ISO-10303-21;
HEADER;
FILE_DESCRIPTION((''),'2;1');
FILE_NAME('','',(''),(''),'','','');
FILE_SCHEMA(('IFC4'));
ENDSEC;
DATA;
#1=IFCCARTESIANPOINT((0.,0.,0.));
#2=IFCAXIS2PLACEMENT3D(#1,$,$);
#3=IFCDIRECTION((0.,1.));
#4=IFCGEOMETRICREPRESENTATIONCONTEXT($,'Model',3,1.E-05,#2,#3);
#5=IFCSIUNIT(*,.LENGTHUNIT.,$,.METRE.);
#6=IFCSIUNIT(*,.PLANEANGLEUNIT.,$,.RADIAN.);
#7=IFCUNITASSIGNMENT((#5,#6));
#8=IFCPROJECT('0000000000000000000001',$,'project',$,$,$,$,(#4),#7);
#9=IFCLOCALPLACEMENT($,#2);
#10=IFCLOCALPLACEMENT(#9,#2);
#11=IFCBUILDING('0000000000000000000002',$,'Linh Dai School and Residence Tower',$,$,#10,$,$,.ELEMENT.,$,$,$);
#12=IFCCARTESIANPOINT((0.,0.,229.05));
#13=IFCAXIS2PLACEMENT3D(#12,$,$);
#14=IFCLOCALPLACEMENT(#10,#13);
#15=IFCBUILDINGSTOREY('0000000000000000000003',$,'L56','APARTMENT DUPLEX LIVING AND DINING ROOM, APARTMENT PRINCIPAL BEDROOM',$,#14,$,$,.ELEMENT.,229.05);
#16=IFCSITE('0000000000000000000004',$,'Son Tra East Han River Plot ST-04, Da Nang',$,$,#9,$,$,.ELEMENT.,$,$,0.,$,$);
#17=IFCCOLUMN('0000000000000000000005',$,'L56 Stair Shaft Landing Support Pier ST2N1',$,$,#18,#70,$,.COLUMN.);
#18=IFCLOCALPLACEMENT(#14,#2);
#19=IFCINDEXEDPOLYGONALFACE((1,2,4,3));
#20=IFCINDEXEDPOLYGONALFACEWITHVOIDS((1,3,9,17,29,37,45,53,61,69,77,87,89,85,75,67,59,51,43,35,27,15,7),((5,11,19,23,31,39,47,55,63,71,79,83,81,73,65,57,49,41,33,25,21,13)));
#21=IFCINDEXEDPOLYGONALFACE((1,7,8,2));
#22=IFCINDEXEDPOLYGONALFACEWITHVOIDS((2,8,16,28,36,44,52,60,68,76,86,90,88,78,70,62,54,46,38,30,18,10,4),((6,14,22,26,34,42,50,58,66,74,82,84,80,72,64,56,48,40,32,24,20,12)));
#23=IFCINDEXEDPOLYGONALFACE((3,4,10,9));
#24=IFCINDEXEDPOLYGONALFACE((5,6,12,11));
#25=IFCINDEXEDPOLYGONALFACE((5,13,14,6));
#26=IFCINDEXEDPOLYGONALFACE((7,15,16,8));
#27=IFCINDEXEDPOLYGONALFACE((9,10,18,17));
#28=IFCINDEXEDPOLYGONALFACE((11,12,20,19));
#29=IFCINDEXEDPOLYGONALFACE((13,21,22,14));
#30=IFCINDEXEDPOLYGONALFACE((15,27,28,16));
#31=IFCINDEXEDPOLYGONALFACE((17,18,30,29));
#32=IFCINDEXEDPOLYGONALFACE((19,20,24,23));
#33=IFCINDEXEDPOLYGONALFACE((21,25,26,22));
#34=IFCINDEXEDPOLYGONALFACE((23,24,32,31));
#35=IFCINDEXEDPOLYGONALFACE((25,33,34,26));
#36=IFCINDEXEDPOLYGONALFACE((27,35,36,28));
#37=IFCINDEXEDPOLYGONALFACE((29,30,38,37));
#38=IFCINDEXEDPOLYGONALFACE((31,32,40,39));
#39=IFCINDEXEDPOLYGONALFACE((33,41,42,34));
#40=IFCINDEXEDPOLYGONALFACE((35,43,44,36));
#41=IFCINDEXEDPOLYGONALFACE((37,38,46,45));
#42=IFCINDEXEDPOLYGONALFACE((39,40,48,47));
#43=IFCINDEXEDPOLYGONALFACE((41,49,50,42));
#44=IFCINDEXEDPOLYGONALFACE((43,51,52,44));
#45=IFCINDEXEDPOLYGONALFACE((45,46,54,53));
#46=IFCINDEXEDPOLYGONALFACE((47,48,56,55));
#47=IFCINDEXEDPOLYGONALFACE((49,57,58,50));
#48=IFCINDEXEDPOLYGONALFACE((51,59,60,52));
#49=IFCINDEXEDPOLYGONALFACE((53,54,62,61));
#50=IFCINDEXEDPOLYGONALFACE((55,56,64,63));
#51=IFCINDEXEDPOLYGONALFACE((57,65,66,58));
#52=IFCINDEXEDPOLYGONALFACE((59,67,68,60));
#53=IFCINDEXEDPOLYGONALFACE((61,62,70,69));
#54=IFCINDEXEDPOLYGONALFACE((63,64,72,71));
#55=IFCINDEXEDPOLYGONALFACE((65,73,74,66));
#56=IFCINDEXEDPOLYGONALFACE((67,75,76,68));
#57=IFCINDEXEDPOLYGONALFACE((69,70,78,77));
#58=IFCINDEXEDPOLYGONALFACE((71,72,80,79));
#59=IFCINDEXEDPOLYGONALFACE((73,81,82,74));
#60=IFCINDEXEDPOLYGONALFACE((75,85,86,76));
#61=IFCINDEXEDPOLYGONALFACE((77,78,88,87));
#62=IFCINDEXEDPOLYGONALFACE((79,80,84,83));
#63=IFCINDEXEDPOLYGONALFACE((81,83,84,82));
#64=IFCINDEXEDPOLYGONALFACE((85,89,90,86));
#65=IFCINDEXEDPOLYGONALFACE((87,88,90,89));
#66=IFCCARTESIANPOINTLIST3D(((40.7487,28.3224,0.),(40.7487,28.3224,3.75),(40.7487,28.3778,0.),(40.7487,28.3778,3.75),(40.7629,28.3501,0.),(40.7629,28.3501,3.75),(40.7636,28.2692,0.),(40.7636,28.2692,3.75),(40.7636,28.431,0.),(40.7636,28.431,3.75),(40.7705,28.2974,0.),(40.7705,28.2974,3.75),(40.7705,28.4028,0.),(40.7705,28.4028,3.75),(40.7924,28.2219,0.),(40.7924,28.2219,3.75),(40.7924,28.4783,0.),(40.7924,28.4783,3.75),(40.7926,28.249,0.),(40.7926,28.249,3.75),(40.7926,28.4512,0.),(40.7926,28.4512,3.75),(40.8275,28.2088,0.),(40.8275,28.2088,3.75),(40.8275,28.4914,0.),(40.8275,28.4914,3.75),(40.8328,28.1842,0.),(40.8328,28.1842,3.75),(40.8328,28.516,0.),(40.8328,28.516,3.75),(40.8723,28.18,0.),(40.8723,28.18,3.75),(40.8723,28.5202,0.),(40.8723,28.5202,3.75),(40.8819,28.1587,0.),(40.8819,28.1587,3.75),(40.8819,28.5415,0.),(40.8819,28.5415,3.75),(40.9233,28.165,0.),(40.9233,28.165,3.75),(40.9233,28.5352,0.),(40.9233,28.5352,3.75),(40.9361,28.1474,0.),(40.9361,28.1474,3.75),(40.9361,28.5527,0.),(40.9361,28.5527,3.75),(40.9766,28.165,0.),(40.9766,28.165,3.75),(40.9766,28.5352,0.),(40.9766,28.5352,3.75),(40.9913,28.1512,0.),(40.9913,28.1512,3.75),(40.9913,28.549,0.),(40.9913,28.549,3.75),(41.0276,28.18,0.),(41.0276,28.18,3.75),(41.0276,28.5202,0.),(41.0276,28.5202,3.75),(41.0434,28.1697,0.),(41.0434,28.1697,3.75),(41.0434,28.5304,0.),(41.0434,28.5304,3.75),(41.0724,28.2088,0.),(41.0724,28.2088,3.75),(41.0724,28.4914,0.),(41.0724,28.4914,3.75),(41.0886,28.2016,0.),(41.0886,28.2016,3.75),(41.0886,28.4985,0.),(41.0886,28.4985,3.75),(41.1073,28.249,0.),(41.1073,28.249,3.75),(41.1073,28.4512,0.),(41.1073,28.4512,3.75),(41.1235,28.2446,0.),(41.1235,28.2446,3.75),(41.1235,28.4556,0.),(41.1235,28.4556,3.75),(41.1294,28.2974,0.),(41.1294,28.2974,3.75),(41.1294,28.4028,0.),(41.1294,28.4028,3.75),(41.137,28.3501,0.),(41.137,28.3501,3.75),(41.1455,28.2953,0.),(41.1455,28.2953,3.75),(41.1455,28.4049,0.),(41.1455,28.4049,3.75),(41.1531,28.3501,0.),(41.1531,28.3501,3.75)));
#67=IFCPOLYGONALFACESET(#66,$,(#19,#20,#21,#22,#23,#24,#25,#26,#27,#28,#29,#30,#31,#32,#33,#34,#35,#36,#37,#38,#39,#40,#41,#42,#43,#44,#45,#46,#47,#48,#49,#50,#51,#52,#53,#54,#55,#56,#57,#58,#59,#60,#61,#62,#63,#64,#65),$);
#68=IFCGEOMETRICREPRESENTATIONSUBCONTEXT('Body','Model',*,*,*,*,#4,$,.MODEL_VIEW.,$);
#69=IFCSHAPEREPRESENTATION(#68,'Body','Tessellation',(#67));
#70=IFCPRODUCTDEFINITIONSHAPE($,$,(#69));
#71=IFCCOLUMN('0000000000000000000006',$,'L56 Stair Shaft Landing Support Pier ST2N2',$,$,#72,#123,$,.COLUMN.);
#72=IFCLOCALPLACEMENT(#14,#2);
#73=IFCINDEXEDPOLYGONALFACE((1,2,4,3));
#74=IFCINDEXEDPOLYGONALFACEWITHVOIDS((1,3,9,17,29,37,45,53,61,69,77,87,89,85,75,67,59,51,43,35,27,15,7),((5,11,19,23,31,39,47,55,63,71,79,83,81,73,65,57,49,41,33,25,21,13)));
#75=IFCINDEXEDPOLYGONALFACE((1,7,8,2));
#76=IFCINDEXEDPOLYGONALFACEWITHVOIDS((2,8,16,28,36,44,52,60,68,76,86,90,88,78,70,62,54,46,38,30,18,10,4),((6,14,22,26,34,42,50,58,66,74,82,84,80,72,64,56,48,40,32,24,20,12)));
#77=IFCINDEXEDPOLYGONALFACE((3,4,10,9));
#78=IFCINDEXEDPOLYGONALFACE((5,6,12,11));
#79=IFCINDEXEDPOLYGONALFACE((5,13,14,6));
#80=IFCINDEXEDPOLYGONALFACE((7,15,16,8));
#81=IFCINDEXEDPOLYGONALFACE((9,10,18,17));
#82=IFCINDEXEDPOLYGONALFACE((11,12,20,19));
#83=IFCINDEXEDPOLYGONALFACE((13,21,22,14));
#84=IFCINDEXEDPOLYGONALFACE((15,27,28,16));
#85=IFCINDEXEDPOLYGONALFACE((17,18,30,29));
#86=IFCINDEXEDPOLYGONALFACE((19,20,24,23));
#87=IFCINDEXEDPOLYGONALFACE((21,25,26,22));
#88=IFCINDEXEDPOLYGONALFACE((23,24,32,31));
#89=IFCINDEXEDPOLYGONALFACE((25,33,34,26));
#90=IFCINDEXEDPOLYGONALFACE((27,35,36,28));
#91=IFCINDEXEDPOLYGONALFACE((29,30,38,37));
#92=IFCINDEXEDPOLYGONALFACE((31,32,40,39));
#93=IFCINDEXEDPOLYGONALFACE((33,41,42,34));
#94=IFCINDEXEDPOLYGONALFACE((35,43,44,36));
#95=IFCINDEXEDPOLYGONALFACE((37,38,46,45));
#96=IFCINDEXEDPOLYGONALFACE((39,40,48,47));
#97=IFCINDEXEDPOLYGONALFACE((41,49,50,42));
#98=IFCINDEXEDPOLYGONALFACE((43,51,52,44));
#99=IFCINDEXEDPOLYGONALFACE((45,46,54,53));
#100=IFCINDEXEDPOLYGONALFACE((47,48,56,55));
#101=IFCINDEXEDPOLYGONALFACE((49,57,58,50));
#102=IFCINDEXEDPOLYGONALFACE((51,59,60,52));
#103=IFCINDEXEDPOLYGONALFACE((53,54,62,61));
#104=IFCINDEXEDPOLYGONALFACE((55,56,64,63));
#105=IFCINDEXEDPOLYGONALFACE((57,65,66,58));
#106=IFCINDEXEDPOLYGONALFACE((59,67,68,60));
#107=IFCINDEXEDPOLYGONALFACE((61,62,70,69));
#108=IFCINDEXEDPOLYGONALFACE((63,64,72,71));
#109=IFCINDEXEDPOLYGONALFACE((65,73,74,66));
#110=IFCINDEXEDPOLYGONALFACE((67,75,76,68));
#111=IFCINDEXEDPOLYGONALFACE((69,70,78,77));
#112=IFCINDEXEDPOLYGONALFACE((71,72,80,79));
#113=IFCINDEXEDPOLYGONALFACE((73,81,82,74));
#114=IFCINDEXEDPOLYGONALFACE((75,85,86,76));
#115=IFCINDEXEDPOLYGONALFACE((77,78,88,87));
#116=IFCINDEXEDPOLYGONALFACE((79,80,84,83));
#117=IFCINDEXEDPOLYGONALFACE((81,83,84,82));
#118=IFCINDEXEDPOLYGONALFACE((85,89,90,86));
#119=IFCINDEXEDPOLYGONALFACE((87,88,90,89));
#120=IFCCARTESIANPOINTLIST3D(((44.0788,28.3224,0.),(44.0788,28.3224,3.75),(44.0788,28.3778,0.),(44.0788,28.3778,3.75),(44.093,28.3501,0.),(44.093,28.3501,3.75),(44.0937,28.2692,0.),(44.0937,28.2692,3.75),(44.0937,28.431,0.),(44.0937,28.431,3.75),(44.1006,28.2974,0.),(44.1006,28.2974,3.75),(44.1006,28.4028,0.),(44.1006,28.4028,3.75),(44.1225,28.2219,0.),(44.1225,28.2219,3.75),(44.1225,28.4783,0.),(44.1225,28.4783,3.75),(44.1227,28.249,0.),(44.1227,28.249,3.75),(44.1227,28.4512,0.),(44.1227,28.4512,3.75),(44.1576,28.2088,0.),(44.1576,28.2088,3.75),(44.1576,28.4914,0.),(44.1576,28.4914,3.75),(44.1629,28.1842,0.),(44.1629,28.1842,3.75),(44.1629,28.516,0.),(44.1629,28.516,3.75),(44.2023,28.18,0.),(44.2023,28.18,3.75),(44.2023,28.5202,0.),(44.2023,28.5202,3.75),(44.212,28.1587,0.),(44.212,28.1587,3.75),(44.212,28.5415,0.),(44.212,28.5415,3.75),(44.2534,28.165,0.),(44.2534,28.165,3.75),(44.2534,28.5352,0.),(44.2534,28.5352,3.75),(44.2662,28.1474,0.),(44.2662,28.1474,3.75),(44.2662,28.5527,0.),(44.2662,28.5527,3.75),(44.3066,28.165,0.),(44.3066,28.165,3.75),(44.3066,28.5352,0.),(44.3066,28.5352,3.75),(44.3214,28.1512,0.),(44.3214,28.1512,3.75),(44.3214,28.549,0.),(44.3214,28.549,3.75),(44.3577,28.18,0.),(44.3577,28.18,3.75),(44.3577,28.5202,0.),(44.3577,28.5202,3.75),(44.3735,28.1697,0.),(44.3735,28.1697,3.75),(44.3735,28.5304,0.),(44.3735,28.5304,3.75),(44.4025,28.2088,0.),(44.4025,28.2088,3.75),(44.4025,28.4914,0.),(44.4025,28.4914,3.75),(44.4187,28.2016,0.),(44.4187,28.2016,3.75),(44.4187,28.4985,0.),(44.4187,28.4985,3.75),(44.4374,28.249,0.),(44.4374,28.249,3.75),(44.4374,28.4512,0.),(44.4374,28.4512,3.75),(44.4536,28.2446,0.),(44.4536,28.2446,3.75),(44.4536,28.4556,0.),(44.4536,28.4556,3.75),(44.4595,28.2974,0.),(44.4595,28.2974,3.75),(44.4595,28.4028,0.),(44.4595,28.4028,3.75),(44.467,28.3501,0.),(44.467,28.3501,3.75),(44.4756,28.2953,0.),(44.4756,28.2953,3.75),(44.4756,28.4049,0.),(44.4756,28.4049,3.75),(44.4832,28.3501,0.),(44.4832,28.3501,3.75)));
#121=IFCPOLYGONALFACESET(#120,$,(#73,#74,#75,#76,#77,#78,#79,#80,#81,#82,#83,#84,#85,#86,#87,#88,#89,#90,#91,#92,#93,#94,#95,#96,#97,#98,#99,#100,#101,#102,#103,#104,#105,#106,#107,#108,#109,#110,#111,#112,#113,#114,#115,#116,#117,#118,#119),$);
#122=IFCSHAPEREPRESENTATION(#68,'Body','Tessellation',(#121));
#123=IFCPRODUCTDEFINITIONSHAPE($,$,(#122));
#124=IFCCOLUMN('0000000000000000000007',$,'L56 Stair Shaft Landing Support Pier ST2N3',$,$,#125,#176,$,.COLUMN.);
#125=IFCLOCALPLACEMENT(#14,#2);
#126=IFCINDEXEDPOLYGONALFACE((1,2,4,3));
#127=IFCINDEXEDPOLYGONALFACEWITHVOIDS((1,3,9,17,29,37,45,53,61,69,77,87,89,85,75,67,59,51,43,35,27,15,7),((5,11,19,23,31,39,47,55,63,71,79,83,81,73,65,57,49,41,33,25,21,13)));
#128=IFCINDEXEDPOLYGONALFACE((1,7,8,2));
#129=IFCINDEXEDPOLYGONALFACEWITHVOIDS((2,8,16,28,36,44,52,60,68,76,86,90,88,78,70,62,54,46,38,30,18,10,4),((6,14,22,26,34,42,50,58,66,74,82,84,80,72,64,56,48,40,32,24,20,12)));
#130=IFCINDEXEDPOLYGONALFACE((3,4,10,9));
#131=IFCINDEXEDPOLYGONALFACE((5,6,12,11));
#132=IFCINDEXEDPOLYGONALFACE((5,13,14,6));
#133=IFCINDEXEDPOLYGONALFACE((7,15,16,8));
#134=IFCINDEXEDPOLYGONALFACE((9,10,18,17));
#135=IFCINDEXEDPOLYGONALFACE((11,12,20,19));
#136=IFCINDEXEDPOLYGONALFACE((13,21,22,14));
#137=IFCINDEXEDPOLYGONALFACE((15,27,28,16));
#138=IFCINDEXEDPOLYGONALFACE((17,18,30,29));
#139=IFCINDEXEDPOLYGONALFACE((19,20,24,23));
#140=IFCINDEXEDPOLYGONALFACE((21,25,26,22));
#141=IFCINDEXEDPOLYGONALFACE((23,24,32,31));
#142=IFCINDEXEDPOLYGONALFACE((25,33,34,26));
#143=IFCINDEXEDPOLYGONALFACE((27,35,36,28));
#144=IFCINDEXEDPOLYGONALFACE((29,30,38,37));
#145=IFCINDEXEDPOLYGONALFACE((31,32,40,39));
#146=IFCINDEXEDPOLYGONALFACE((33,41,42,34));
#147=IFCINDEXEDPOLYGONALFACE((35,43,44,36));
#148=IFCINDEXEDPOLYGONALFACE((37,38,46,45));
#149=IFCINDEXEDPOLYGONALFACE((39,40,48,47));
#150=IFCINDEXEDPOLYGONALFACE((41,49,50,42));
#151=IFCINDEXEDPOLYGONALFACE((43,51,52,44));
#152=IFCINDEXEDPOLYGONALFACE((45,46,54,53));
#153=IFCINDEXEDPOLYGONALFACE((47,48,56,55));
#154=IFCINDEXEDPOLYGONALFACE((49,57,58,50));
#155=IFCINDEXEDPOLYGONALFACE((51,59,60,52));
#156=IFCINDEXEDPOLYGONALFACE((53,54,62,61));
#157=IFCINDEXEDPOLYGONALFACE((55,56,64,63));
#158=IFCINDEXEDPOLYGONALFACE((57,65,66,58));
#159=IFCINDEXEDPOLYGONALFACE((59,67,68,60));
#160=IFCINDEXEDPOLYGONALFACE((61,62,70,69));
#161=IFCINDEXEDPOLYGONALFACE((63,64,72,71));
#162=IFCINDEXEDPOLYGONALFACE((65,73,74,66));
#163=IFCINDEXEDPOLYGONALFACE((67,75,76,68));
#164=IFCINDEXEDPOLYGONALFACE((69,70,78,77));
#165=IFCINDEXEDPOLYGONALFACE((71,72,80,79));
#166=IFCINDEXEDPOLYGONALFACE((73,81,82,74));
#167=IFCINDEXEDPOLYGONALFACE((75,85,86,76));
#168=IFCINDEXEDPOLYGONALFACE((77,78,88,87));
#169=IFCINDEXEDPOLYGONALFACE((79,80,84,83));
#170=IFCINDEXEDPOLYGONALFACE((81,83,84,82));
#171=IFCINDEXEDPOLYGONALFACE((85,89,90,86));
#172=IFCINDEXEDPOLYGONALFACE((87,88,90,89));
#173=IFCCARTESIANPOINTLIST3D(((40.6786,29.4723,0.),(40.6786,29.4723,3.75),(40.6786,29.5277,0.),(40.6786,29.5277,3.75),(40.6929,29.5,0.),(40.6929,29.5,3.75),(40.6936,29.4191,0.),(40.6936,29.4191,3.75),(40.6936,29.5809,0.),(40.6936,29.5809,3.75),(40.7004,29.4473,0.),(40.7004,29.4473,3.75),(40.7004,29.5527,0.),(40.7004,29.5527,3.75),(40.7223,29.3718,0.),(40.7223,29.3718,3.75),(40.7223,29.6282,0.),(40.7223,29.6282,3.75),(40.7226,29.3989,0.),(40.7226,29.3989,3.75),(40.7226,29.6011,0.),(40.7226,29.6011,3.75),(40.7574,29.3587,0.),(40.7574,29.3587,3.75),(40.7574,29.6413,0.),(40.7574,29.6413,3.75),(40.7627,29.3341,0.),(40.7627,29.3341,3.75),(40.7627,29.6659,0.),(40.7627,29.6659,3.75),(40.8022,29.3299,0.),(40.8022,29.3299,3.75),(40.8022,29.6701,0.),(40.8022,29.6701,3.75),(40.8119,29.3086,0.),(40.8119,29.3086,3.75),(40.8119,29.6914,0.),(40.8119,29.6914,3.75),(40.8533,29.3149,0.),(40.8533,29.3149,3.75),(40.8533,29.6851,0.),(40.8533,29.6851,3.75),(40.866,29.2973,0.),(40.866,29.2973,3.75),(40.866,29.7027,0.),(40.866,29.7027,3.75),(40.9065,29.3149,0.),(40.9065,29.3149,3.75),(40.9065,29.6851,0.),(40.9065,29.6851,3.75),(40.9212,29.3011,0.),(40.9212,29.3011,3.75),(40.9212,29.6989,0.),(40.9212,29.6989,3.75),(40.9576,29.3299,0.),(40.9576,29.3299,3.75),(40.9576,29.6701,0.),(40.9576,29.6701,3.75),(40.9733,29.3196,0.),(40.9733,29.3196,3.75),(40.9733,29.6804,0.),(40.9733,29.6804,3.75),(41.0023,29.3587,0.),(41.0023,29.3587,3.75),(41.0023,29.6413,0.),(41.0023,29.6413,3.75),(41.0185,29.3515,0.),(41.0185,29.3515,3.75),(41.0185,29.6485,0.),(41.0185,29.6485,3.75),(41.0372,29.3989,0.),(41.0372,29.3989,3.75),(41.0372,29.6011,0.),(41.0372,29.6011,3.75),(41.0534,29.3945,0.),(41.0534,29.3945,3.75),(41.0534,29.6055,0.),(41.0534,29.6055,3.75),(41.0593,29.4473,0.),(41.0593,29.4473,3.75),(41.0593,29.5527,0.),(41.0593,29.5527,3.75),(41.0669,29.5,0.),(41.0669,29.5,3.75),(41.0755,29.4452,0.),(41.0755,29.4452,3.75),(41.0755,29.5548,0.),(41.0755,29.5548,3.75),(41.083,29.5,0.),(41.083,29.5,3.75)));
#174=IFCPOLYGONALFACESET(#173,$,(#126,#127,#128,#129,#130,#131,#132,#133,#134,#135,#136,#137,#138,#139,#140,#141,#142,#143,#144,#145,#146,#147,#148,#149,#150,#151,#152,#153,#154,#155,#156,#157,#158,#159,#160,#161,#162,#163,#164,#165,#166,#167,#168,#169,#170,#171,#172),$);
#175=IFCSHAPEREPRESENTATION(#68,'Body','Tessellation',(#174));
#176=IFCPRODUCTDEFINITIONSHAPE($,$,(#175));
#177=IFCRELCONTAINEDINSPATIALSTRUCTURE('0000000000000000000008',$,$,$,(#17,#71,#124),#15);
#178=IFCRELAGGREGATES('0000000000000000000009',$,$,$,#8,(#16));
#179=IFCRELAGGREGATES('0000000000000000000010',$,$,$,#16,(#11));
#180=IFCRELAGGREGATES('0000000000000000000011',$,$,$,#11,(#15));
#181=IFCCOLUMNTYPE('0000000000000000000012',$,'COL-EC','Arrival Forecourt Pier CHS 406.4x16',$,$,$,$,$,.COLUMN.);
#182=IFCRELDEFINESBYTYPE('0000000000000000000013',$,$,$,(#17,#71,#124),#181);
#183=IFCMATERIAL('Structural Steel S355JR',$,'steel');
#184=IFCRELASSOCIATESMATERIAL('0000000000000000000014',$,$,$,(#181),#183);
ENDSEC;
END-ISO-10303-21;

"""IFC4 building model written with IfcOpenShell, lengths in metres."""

from ifc_helpers import new_model, si_unit, direction, frame, origin, origin_2d, place, context, subcontext, project, spatial, hollow_circle, extrude, material, material_profile, profile_set, type_object, element, save


model = new_model("IFC4")

# Units and contexts
model_context = context("Model", 3, precision=1e-05, world=origin(), true_north=direction((0.0, 1.0)))
body_context = subcontext(model_context, "Body", "Model", "MODEL_VIEW")
ifc_project = project(units=[si_unit("LENGTHUNIT", "METRE"), si_unit("PLANEANGLEUNIT", "RADIAN")], contexts=[model_context])

# Site, building, storey
site_placement = place(None, origin())
site = spatial("IfcSite", under=ifc_project, at=site_placement, Name="Son Tra East Han River Plot ST-04, Da Nang", CompositionType="ELEMENT", RefElevation=0.0)
building_placement = place(site_placement, origin())
building = spatial("IfcBuilding", under=site, at=building_placement, Name="Linh Dai School and Residence Tower", CompositionType="ELEMENT")
storey_placement = place(building_placement, frame((0.0, 0.0, 229.05)))
storey = spatial("IfcBuildingStorey", under=building, at=storey_placement, Name="L56", Description="APARTMENT DUPLEX LIVING AND DINING ROOM, APARTMENT PRINCIPAL BEDROOM", CompositionType="ELEMENT", Elevation=229.05)

# Columns
ifc_material_1 = material(Name="Structural Steel S355JR", Category="steel")
ifc_material_profile_1 = material_profile(ifc_material_1, hollow_circle(Radius=0.2031, WallThickness=0.0161, at=origin_2d()), Name="CHS 406.4x16")
ifc_profile_set_1 = profile_set([ifc_material_profile_1], Name="Structural Steel S355JR")
column_type_1 = type_object("IfcColumnType", Name="COL-EC", Description="Arrival Forecourt Pier CHS 406.4x16", PredefinedType="COLUMN", material=ifc_profile_set_1)
for number, where, z_axis, x_axis, name in (
    (1, (40.95, 28.3501, 0.0), (0.0, 0.0, 1.0), (1.0, 0.0, 0.0), "L56 Stair Shaft Landing Support Pier ST2N1"),
    (2, (44.28, 28.3501, 0.0), (0.0, 0.0, 1.0), (1.0, 0.0, 0.0), "L56 Stair Shaft Landing Support Pier ST2N2"),
    (3, (40.8799, 29.5, 0.0), (0.0, 0.0, 1.0), (1.0, 0.0, 0.0), "L56 Stair Shaft Landing Support Pier ST2N3"),
):
    element("IfcColumn", number, at=place(storey_placement, frame(where, z_axis=z_axis, x_axis=x_axis)), inside=storey, type_object=column_type_1, Name=name, PredefinedType="COLUMN", context=body_context, shape_type="SweptSolid", body=[
        extrude(hollow_circle(Radius=0.2031, WallThickness=0.0161, at=origin_2d()), origin(), (0.0, 0.0, 1.0), 3.75),
    ])

save(model, "model.ifc")
